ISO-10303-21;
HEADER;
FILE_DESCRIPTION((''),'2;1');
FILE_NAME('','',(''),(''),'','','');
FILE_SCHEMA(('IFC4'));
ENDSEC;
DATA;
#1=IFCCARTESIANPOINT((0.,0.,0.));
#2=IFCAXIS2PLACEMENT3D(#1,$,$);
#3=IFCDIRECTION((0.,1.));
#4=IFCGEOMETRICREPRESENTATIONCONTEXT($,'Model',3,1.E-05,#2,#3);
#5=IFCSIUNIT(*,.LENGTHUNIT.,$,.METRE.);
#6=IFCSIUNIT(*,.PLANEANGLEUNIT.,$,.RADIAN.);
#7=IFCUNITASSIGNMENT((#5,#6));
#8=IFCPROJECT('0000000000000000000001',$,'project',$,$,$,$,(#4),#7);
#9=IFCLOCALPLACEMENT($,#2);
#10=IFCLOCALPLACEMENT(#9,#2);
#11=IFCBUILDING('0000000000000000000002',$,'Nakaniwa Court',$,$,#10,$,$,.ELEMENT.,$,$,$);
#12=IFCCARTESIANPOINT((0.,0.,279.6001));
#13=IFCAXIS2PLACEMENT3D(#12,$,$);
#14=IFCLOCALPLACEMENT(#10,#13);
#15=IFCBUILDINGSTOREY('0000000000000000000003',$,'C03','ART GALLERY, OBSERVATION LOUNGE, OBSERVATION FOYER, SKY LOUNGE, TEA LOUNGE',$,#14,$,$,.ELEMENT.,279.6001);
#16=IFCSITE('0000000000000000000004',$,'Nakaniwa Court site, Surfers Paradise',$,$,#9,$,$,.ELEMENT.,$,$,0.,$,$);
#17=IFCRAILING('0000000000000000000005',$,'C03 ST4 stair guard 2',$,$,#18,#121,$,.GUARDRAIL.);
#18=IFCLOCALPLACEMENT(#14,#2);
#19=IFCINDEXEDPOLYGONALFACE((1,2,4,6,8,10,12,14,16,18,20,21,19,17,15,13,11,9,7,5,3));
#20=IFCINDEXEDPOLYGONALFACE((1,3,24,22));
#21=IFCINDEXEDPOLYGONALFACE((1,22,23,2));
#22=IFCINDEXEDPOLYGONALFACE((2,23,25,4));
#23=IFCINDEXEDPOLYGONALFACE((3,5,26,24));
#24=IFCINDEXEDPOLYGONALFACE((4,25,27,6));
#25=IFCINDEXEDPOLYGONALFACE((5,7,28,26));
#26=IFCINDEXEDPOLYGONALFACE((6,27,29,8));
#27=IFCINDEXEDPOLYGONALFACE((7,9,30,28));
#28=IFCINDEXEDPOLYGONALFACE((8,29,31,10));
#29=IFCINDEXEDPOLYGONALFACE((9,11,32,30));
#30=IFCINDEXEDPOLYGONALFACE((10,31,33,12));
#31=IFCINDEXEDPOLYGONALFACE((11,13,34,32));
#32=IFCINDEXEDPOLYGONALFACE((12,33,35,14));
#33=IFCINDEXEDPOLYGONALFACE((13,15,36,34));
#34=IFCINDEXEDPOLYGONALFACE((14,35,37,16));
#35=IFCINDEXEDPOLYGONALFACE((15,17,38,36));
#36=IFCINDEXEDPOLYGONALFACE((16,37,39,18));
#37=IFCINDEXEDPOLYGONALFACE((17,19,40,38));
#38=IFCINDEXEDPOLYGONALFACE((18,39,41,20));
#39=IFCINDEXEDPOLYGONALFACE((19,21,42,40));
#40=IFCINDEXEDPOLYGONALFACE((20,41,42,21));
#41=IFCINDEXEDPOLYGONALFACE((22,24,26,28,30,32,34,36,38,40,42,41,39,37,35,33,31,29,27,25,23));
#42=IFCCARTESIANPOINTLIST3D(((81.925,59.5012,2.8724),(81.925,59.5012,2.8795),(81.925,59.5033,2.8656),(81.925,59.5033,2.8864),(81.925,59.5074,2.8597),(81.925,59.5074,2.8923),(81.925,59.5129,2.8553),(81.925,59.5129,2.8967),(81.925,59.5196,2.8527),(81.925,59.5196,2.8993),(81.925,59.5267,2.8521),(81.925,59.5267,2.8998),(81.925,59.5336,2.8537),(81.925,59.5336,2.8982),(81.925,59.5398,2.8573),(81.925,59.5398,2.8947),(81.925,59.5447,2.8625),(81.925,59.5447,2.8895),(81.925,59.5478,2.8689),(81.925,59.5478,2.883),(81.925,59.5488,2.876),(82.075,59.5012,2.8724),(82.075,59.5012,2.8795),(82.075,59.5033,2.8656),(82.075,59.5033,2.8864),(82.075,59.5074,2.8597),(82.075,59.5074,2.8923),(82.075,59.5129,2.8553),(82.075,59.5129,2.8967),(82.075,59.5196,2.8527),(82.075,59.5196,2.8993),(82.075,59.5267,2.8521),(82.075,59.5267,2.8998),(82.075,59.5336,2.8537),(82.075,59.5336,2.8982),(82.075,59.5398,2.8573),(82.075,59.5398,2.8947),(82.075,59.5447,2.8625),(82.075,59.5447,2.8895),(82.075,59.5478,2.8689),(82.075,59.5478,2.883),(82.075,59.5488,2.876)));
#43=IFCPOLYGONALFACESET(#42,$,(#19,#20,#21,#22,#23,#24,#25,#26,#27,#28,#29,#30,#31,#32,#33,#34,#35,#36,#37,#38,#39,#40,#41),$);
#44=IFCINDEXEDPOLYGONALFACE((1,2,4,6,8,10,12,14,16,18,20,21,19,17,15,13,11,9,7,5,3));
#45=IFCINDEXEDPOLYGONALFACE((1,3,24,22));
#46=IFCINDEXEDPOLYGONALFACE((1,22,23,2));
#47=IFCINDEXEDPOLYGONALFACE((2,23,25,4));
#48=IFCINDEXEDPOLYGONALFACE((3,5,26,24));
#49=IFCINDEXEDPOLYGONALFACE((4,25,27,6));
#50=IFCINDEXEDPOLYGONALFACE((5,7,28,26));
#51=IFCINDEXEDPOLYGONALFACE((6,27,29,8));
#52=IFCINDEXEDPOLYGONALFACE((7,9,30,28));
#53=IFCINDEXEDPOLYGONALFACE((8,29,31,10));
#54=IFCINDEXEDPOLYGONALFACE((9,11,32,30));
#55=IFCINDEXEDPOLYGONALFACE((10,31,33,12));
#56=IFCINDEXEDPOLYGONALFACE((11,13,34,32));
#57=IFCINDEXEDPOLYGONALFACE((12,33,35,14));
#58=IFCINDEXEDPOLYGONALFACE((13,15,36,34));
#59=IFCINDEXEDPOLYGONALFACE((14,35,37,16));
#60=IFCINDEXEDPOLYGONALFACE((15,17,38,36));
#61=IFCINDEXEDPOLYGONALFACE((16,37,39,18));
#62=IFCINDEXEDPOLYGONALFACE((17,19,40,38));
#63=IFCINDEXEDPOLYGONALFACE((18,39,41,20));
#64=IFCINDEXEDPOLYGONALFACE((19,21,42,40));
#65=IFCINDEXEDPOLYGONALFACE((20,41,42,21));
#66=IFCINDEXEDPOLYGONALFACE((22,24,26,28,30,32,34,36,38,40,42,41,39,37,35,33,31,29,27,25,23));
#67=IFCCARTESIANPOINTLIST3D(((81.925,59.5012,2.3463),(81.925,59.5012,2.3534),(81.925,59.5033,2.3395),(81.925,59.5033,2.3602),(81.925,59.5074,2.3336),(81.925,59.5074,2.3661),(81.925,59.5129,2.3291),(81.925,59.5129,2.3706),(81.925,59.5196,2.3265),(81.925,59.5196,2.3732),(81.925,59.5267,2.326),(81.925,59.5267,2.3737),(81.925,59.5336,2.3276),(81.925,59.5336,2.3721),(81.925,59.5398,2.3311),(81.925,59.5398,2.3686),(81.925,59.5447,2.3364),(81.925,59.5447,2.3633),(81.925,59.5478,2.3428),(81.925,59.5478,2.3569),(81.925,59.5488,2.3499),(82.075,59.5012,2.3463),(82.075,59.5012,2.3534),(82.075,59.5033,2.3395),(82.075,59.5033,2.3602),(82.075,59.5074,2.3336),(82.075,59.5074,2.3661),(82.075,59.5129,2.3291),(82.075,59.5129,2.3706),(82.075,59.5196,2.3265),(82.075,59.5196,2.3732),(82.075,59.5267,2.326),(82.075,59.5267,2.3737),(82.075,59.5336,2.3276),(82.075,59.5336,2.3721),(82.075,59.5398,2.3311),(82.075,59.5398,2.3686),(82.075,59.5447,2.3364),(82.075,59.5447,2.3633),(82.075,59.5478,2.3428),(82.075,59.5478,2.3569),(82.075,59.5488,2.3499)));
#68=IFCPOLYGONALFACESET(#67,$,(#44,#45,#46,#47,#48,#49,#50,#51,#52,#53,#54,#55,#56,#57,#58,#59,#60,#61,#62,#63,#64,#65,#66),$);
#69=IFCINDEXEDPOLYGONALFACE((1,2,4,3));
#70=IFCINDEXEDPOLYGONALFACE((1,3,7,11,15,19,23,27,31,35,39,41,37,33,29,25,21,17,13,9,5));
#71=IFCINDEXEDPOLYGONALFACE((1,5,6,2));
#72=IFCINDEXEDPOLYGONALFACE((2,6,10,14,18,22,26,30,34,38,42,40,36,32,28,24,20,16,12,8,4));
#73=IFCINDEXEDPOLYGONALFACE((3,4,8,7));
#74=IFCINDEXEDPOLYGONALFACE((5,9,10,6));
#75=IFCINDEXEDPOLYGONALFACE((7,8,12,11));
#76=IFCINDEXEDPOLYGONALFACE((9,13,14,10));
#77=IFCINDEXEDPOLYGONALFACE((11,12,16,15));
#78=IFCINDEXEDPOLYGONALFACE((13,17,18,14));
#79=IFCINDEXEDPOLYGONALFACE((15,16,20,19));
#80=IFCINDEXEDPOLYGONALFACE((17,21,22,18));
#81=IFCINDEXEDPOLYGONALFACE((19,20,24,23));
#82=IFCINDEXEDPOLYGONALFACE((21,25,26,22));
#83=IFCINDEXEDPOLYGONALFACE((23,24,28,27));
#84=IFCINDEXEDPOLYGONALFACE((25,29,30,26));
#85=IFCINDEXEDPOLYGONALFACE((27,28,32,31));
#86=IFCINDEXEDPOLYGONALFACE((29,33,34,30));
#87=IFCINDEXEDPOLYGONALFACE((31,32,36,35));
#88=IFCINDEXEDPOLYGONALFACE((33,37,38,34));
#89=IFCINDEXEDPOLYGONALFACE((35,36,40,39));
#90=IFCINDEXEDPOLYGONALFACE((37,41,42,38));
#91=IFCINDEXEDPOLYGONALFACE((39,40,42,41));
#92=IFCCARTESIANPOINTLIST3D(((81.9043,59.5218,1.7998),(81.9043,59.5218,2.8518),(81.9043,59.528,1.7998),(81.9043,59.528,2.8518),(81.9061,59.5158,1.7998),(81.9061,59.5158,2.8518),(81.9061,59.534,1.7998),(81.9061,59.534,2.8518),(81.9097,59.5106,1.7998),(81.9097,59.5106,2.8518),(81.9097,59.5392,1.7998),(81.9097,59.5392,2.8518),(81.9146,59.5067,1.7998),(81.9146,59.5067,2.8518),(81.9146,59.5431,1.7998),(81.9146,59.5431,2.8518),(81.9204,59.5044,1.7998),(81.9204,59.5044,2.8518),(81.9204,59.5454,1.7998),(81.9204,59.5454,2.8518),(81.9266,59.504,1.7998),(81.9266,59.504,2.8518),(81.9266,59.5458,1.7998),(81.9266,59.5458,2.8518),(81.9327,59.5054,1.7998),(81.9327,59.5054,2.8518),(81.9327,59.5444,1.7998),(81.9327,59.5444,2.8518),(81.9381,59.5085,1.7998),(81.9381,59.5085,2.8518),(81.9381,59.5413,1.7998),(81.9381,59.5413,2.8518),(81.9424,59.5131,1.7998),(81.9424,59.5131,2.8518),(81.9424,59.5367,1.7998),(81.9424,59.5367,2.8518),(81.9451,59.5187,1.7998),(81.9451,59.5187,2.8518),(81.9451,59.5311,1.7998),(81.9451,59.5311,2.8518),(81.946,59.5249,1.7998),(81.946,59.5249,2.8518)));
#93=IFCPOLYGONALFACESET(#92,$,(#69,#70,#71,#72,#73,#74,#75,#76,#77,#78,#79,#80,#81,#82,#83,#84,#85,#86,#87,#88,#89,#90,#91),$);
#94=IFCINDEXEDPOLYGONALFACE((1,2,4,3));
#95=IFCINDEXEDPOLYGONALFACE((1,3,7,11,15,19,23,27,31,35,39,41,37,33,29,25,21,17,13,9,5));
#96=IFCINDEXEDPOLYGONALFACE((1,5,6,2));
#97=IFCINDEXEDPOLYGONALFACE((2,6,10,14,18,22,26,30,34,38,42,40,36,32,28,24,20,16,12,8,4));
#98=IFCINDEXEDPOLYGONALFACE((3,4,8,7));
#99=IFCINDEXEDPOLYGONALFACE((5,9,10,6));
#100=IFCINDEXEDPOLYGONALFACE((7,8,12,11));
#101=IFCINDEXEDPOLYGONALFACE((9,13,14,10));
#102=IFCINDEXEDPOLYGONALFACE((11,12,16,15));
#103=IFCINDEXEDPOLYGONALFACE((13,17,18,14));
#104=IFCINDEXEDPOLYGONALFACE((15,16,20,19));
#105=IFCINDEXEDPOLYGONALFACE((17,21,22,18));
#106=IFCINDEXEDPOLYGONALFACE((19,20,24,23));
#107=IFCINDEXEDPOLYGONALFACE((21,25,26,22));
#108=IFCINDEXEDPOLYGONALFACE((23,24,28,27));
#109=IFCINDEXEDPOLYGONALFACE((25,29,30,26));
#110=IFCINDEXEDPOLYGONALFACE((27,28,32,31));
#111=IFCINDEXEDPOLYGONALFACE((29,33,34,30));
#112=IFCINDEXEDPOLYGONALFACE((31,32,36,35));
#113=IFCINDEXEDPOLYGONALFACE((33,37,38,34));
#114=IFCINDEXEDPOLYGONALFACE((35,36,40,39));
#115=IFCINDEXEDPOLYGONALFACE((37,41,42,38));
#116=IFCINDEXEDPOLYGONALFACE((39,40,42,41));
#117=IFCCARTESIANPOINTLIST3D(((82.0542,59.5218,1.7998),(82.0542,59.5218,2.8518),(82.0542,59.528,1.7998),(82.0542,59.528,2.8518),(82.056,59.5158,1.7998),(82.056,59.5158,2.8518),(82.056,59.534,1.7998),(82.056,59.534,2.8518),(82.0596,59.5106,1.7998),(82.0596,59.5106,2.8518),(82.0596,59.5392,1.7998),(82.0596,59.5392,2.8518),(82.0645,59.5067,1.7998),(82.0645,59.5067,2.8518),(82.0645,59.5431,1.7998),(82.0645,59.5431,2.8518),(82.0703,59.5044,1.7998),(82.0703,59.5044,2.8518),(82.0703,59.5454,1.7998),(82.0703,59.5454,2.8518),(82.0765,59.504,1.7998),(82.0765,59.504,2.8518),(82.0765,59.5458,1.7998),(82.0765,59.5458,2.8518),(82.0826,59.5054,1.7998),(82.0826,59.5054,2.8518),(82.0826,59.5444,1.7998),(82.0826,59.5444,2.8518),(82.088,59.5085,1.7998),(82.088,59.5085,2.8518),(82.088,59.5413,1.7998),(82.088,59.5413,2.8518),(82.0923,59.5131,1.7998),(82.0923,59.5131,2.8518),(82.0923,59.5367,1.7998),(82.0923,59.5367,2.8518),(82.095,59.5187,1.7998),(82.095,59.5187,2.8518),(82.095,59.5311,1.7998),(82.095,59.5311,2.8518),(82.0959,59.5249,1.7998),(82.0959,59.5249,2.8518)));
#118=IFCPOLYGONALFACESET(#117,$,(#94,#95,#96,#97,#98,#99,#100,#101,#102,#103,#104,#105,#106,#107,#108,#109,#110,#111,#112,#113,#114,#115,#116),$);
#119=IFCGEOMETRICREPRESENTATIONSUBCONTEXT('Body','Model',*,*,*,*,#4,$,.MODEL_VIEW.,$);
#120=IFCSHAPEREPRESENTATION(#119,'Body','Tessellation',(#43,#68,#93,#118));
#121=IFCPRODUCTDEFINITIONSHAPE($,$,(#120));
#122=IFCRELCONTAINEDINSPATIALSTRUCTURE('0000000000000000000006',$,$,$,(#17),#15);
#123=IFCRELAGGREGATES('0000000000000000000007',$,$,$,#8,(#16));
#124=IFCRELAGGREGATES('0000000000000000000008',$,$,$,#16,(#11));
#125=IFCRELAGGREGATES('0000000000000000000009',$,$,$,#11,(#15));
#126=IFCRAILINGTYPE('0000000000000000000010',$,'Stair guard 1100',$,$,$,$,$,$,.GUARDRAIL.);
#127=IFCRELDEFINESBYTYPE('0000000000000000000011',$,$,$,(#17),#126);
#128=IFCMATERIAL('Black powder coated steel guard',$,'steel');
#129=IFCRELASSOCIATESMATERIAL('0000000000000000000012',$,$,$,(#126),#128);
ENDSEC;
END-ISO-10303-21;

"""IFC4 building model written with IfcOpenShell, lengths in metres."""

from ifc_helpers import new_model, si_unit, direction, frame, origin, origin_2d, place, context, subcontext, project, spatial, circle, extrude, material, type_object, element, save


model = new_model("IFC4")

# Units and contexts
model_context = context("Model", 3, precision=1e-05, world=origin(), true_north=direction((0.0, 1.0)))
body_context = subcontext(model_context, "Body", "Model", "MODEL_VIEW")
ifc_project = project(units=[si_unit("LENGTHUNIT", "METRE"), si_unit("PLANEANGLEUNIT", "RADIAN")], contexts=[model_context])

# Site, building, storey
site_placement = place(None, origin())
site = spatial("IfcSite", under=ifc_project, at=site_placement, Name="Nakaniwa Court site, Surfers Paradise", CompositionType="ELEMENT", RefElevation=0.0)
building_placement = place(site_placement, origin())
building = spatial("IfcBuilding", under=site, at=building_placement, Name="Nakaniwa Court", CompositionType="ELEMENT")
storey_placement = place(building_placement, frame((0.0, 0.0, 279.6001)))
storey = spatial("IfcBuildingStorey", under=building, at=storey_placement, Name="C03", Description="ART GALLERY, OBSERVATION LOUNGE, OBSERVATION FOYER, SKY LOUNGE, TEA LOUNGE", CompositionType="ELEMENT", Elevation=279.6001)

# Railing
ifc_material_1 = material(Name="Black powder coated steel guard", Category="steel")
railing_type_1 = type_object("IfcRailingType", Name="Stair guard 1100", PredefinedType="GUARDRAIL", material=ifc_material_1)
railing_1_placement = place(storey_placement, frame((81.925, 59.5249, 1.7998)))
element("IfcRailing", 1, at=railing_1_placement, inside=storey, type_object=railing_type_1, Name="C03 ST4 stair guard 2", PredefinedType="GUARDRAIL", context=body_context, shape_type="SweptSolid", body=[
    extrude(circle(Radius=0.0239, at=origin_2d()), frame((0.0, 0.0, 1.0762), z_axis=(1.0, 0.0, 0.0), x_axis=(0.0, 1.0, 0.0)), (0.0, 0.0, 1.0), 0.1499),
    extrude(circle(Radius=0.0239, at=origin_2d()), frame((0.0, 0.0, 0.55), z_axis=(1.0, 0.0, 0.0), x_axis=(0.0, 1.0, 0.0)), (0.0, 0.0, 1.0), 0.1499),
    extrude(circle(Radius=0.021, at=origin_2d()), origin(), (0.0, 0.0, 1.0), 1.052),
    extrude(circle(Radius=0.021, at=origin_2d()), frame((0.1499, 0.0, 0.0)), (0.0, 0.0, 1.0), 1.052),
])

save(model, "model.ifc")
